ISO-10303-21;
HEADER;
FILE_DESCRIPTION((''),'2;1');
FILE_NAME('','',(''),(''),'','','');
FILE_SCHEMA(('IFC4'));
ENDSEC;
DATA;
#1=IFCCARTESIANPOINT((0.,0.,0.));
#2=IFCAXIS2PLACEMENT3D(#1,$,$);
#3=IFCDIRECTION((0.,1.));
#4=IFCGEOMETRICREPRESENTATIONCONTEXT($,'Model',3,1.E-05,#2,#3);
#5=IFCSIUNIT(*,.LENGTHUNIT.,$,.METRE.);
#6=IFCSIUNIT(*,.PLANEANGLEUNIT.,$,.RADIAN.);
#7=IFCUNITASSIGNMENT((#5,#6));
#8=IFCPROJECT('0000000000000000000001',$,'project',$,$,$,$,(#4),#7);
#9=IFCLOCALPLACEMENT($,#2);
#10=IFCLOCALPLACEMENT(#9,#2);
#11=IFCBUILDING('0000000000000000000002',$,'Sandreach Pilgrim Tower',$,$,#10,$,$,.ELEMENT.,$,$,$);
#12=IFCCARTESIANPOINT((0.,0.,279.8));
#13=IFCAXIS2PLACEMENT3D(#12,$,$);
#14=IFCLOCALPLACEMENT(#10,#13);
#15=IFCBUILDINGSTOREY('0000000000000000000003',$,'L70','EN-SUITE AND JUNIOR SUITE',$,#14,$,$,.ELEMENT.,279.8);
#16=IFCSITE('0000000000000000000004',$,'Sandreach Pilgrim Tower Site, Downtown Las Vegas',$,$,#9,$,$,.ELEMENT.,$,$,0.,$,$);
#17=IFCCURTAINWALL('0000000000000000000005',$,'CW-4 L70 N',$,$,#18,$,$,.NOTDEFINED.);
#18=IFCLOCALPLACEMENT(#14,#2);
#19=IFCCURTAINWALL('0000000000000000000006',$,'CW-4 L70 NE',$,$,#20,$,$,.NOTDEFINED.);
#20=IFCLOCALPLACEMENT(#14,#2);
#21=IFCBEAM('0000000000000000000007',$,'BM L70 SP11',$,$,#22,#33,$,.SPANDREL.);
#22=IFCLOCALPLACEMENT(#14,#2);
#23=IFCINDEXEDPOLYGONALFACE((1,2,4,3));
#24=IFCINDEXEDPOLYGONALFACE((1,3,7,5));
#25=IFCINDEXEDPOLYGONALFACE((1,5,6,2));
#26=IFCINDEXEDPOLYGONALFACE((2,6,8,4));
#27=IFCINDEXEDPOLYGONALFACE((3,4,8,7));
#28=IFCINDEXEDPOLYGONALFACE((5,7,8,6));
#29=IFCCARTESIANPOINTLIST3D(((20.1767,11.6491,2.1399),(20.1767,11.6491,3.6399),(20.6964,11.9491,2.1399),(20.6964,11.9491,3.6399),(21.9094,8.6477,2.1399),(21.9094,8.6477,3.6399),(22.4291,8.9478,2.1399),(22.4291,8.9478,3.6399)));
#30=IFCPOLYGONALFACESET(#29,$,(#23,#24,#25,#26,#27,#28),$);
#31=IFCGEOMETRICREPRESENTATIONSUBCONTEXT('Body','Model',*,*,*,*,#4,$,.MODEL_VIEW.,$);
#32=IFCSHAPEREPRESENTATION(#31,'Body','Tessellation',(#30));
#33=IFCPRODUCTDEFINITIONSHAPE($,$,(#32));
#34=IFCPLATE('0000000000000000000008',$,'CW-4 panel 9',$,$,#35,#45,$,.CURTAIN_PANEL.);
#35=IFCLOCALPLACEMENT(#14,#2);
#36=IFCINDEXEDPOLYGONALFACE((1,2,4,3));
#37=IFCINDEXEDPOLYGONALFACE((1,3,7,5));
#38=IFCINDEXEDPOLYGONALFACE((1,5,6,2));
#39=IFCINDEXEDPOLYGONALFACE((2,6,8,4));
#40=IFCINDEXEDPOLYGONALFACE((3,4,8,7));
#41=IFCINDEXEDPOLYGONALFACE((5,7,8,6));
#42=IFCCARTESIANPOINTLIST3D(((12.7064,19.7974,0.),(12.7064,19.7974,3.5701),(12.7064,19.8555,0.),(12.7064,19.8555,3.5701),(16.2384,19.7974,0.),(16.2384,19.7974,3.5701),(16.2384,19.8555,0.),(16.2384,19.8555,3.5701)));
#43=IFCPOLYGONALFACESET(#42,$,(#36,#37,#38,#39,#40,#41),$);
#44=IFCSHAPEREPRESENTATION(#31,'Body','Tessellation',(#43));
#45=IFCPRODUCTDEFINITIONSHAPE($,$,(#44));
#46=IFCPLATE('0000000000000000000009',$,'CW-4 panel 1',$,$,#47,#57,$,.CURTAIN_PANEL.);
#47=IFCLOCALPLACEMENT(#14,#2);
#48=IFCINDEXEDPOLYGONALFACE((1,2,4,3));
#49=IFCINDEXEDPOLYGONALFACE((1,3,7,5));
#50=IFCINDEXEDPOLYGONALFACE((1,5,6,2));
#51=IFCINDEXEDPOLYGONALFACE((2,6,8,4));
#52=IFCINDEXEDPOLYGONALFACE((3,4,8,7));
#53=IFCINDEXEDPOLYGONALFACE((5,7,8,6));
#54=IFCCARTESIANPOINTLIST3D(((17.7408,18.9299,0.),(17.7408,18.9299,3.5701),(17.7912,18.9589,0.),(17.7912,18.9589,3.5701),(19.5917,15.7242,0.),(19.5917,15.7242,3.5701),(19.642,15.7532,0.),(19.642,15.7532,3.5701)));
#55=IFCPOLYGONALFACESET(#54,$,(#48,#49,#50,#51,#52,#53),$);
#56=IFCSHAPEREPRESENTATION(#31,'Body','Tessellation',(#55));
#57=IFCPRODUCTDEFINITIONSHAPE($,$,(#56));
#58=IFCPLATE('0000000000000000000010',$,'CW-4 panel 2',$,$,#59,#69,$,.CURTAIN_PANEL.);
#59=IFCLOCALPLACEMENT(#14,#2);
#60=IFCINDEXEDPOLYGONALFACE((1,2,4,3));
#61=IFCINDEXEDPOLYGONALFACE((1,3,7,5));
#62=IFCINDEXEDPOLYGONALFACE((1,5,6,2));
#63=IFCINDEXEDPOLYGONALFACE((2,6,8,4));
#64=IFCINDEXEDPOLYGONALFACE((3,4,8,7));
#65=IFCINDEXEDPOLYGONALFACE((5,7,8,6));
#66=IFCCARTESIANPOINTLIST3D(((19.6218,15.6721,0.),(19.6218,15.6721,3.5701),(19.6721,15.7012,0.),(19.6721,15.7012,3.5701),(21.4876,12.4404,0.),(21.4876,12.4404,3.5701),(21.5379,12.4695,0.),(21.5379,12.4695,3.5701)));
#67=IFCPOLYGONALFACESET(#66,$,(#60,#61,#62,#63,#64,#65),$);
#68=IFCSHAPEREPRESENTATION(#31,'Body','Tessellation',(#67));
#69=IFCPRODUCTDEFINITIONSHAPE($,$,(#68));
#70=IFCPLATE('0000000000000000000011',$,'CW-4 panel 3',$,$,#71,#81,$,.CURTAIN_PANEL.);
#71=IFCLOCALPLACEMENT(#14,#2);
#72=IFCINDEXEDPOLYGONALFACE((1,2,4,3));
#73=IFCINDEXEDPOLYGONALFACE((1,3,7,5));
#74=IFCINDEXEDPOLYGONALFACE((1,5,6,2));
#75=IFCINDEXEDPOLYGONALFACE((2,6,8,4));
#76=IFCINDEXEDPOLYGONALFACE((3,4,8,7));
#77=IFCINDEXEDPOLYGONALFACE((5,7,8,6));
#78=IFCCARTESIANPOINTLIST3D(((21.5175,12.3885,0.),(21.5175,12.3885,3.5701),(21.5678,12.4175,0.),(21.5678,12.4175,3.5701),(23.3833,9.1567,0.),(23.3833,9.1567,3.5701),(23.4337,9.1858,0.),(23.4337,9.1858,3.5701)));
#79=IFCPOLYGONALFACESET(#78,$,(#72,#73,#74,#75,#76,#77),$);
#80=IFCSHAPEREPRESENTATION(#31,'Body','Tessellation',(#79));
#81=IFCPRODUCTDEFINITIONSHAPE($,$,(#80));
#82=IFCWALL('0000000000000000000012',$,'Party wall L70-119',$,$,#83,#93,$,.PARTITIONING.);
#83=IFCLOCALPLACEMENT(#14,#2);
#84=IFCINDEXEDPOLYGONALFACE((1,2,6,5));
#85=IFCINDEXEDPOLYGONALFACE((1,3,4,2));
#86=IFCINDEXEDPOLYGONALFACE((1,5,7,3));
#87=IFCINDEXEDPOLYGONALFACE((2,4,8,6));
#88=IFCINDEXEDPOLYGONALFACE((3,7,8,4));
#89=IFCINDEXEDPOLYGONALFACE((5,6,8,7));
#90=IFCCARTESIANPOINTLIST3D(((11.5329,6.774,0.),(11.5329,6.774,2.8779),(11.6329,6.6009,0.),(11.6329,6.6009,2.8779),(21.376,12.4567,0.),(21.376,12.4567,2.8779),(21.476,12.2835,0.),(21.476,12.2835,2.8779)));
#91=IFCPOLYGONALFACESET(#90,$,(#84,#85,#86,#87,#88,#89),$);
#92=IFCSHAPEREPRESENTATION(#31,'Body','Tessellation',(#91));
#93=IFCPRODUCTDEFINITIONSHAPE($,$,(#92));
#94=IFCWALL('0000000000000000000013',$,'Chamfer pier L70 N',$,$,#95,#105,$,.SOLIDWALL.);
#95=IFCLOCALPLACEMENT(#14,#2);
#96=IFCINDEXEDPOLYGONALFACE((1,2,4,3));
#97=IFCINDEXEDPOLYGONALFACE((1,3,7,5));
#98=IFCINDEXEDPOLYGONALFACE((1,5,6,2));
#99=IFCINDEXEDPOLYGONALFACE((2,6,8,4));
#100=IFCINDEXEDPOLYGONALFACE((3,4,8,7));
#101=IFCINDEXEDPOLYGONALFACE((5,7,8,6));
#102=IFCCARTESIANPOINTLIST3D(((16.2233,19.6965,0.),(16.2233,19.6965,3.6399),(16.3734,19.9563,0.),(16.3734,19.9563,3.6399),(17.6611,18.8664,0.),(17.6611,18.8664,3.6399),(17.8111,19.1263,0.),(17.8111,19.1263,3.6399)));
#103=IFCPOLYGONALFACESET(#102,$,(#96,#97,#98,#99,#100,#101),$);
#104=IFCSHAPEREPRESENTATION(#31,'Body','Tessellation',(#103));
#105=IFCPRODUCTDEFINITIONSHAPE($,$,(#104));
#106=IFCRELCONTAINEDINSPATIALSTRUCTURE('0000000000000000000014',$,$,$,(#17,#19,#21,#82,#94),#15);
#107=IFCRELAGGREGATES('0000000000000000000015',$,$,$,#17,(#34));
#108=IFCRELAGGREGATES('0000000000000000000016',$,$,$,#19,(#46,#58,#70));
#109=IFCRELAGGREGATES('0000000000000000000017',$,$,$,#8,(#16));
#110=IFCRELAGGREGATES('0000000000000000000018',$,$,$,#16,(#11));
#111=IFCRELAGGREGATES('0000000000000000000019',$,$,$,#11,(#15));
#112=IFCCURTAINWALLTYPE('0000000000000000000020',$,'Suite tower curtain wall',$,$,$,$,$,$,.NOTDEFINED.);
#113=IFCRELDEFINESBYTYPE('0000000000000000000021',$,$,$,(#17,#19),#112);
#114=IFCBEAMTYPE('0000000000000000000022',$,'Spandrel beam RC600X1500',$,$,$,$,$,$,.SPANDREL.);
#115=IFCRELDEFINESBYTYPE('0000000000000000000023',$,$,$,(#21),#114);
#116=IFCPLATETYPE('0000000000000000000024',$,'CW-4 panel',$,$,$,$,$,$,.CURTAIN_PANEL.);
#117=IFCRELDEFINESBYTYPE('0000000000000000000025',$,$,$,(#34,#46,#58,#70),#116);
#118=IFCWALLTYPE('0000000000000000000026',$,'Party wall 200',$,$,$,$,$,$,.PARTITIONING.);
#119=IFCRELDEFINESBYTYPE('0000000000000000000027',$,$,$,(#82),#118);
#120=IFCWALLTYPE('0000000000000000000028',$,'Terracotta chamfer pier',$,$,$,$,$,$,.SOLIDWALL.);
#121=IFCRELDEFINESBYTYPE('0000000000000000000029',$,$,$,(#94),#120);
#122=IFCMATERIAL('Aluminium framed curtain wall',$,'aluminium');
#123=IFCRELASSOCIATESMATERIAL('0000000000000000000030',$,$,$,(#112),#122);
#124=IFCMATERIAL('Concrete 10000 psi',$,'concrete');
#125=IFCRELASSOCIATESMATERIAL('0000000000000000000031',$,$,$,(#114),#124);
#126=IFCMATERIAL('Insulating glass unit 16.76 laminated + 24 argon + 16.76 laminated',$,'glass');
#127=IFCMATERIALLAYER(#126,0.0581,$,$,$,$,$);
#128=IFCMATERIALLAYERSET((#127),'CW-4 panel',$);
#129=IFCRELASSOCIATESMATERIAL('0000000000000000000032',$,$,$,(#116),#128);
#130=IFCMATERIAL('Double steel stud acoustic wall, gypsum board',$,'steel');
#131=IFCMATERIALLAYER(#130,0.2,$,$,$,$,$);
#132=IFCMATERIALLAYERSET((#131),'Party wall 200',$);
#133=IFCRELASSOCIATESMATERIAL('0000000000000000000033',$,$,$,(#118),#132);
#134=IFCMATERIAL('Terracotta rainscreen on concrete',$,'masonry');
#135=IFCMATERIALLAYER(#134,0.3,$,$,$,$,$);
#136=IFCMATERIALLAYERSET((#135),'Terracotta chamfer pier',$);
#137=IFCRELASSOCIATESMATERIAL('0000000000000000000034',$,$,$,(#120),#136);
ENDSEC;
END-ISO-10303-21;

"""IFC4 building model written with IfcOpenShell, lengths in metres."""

from ifc_helpers import new_model, si_unit, direction, frame, frame_2d, origin, origin_2d, place, context, subcontext, project, spatial, rectangle, extrude, material, layer, layer_set, material_profile, profile_set, type_object, element, aggregate, save


model = new_model("IFC4")

# Units and contexts
model_context = context("Model", 3, precision=1e-05, world=origin(), true_north=direction((0.0, 1.0)))
body_context = subcontext(model_context, "Body", "Model", "MODEL_VIEW")
ifc_project = project(units=[si_unit("LENGTHUNIT", "METRE"), si_unit("PLANEANGLEUNIT", "RADIAN")], contexts=[model_context])

# Site, building, storey
site_placement = place(None, origin())
site = spatial("IfcSite", under=ifc_project, at=site_placement, Name="Sandreach Pilgrim Tower Site, Downtown Las Vegas", CompositionType="ELEMENT", RefElevation=0.0)
building_placement = place(site_placement, origin())
building = spatial("IfcBuilding", under=site, at=building_placement, Name="Sandreach Pilgrim Tower", CompositionType="ELEMENT")
storey_placement = place(building_placement, frame((0.0, 0.0, 279.8)))
storey = spatial("IfcBuildingStorey", under=building, at=storey_placement, Name="L70", Description="EN-SUITE AND JUNIOR SUITE", CompositionType="ELEMENT", Elevation=279.8)

# Curtain wall
ifc_material_1 = material(Name="Aluminium framed curtain wall", Category="aluminium")
curtain_wall_type = type_object("IfcCurtainWallType", Name="Suite tower curtain wall", PredefinedType="NOTDEFINED", material=ifc_material_1)
curtain_wall_1_placement = place(storey_placement, origin())
curtain_wall_1 = element("IfcCurtainWall", 1, at=curtain_wall_1_placement, inside=storey, type_object=curtain_wall_type, Name="CW-4 L70 N", PredefinedType="NOTDEFINED")

# Curtain wall
curtain_wall_2_placement = place(storey_placement, origin())
curtain_wall_2 = element("IfcCurtainWall", 2, at=curtain_wall_2_placement, inside=storey, type_object=curtain_wall_type, Name="CW-4 L70 NE", PredefinedType="NOTDEFINED")

# Beam
ifc_material_2 = material(Name="Concrete 10000 psi", Category="concrete")
ifc_material_profile_1 = material_profile(ifc_material_2, rectangle(XDim=0.6001, YDim=1.5, at=origin_2d()), Name="RC600X1500")
ifc_profile_set_1 = profile_set([ifc_material_profile_1], Name="Concrete 10000 psi")
beam_type_1 = type_object("IfcBeamType", Name="Spandrel beam RC600X1500", PredefinedType="SPANDREL", material=ifc_profile_set_1)
for number, where, z_axis, x_axis, name in (
    (3, (20.4365, 11.7991, 2.8899), (0.499981, -0.866037, 0.0), (0.866037, 0.499981, 0.0), "BM L70 SP11"),
):
    element("IfcBeam", number, at=place(storey_placement, frame(where, z_axis=z_axis, x_axis=x_axis)), inside=storey, type_object=beam_type_1, Name=name, PredefinedType="SPANDREL", context=body_context, shape_type="SweptSolid", body=[
        extrude(rectangle(XDim=0.6001, YDim=1.5, at=origin_2d()), origin(), (0.0, 0.0, 1.0), 3.4656),
    ])

# Plates
ifc_material_3 = material(Name="Insulating glass unit 16.76 laminated + 24 argon + 16.76 laminated", Category="glass")
ifc_layer_1 = layer(ifc_material_3, 0.0581)
ifc_layer_set_1 = layer_set([ifc_layer_1], Name="CW-4 panel")
plate_type = type_object("IfcPlateType", Name="CW-4 panel", PredefinedType="CURTAIN_PANEL", material=ifc_layer_set_1)
plate_1_placement = place(storey_placement, frame((14.4724, 19.8264, 0.0), z_axis=(0.0, 0.0, 1.0), x_axis=(1.0, 0.0, 0.0)))
plate_1 = element("IfcPlate", 4, at=plate_1_placement, type_object=plate_type, Name="CW-4 panel 9", PredefinedType="CURTAIN_PANEL", context=body_context, shape_type="SweptSolid", body=[
    extrude(rectangle(XDim=3.532, YDim=0.0581, at=origin_2d()), origin(), (0.0, 0.0, 1.0), 3.5701),
])
aggregate(curtain_wall_1, [plate_1])
plate_2_placement = place(storey_placement, frame((18.6914, 17.3416, 0.0), z_axis=(0.0, 0.0, 1.0), x_axis=(0.5, -0.866025, 0.0)))
plate_2 = element("IfcPlate", 5, at=plate_2_placement, type_object=plate_type, Name="CW-4 panel 1", PredefinedType="CURTAIN_PANEL", context=body_context, shape_type="SweptSolid", body=[
    extrude(rectangle(XDim=3.7017, YDim=0.0581, at=origin_2d()), origin(), (0.0, 0.0, 1.0), 3.5701),
])
plate_3_placement = place(storey_placement, frame((20.5798, 14.0708, 0.0), z_axis=(0.0, 0.0, 1.0), x_axis=(0.5, -0.866025, 0.0)))
plate_3 = element("IfcPlate", 6, at=plate_3_placement, type_object=plate_type, Name="CW-4 panel 2", PredefinedType="CURTAIN_PANEL", context=body_context, shape_type="SweptSolid", body=[
    extrude(rectangle(XDim=3.7317, YDim=0.0581, at=origin_2d()), origin(), (0.0, 0.0, 1.0), 3.5701),
])
plate_4_placement = place(storey_placement, frame((22.4756, 10.7871, 0.0), z_axis=(0.0, 0.0, 1.0), x_axis=(0.5, -0.866025, 0.0)))
plate_4 = element("IfcPlate", 7, at=plate_4_placement, type_object=plate_type, Name="CW-4 panel 3", PredefinedType="CURTAIN_PANEL", context=body_context, shape_type="SweptSolid", body=[
    extrude(rectangle(XDim=3.7317, YDim=0.0581, at=origin_2d()), origin(), (0.0, 0.0, 1.0), 3.5701),
])
aggregate(curtain_wall_2, [plate_2, plate_3, plate_4])

# Walls
ifc_material_4 = material(Name="Double steel stud acoustic wall, gypsum board", Category="steel")
ifc_layer_2 = layer(ifc_material_4, 0.2)
ifc_layer_set_2 = layer_set([ifc_layer_2], Name="Party wall 200")
wall_type_1 = type_object("IfcWallType", Name="Party wall 200", PredefinedType="PARTITIONING", material=ifc_layer_set_2)
wall_1_placement = place(storey_placement, frame((21.426, 12.3701, 0.0), z_axis=(0.0, 0.0, 1.0), x_axis=(-0.866035, -0.499983, 0.0)))
element("IfcWall", 8, at=wall_1_placement, inside=storey, type_object=wall_type_1, Name="Party wall L70-119", PredefinedType="PARTITIONING", context=body_context, shape_type="SweptSolid", body=[
    extrude(rectangle(XDim=11.3657, YDim=0.2, at=frame_2d((5.6829, 0.0))), origin(), (0.0, 0.0, 1.0), 2.8779),
])
ifc_material_5 = material(Name="Terracotta rainscreen on concrete", Category="masonry")
ifc_layer_3 = layer(ifc_material_5, 0.3)
ifc_layer_set_3 = layer_set([ifc_layer_3], Name="Terracotta chamfer pier")
wall_type_2 = type_object("IfcWallType", Name="Terracotta chamfer pier", PredefinedType="SOLIDWALL", material=ifc_layer_set_3)
wall_2_placement = place(storey_placement, frame((16.2983, 19.8264, 0.0), z_axis=(0.0, 0.0, 1.0), x_axis=(0.866026, -0.499998, 0.0)))
element("IfcWall", 9, at=wall_2_placement, inside=storey, type_object=wall_type_2, Name="Chamfer pier L70 N", PredefinedType="SOLIDWALL", context=body_context, shape_type="SweptSolid", body=[
    extrude(rectangle(XDim=1.6602, YDim=0.3, at=frame_2d((0.8301, 0.0))), origin(), (0.0, 0.0, 1.0), 3.6399),
])

save(model, "model.ifc")
